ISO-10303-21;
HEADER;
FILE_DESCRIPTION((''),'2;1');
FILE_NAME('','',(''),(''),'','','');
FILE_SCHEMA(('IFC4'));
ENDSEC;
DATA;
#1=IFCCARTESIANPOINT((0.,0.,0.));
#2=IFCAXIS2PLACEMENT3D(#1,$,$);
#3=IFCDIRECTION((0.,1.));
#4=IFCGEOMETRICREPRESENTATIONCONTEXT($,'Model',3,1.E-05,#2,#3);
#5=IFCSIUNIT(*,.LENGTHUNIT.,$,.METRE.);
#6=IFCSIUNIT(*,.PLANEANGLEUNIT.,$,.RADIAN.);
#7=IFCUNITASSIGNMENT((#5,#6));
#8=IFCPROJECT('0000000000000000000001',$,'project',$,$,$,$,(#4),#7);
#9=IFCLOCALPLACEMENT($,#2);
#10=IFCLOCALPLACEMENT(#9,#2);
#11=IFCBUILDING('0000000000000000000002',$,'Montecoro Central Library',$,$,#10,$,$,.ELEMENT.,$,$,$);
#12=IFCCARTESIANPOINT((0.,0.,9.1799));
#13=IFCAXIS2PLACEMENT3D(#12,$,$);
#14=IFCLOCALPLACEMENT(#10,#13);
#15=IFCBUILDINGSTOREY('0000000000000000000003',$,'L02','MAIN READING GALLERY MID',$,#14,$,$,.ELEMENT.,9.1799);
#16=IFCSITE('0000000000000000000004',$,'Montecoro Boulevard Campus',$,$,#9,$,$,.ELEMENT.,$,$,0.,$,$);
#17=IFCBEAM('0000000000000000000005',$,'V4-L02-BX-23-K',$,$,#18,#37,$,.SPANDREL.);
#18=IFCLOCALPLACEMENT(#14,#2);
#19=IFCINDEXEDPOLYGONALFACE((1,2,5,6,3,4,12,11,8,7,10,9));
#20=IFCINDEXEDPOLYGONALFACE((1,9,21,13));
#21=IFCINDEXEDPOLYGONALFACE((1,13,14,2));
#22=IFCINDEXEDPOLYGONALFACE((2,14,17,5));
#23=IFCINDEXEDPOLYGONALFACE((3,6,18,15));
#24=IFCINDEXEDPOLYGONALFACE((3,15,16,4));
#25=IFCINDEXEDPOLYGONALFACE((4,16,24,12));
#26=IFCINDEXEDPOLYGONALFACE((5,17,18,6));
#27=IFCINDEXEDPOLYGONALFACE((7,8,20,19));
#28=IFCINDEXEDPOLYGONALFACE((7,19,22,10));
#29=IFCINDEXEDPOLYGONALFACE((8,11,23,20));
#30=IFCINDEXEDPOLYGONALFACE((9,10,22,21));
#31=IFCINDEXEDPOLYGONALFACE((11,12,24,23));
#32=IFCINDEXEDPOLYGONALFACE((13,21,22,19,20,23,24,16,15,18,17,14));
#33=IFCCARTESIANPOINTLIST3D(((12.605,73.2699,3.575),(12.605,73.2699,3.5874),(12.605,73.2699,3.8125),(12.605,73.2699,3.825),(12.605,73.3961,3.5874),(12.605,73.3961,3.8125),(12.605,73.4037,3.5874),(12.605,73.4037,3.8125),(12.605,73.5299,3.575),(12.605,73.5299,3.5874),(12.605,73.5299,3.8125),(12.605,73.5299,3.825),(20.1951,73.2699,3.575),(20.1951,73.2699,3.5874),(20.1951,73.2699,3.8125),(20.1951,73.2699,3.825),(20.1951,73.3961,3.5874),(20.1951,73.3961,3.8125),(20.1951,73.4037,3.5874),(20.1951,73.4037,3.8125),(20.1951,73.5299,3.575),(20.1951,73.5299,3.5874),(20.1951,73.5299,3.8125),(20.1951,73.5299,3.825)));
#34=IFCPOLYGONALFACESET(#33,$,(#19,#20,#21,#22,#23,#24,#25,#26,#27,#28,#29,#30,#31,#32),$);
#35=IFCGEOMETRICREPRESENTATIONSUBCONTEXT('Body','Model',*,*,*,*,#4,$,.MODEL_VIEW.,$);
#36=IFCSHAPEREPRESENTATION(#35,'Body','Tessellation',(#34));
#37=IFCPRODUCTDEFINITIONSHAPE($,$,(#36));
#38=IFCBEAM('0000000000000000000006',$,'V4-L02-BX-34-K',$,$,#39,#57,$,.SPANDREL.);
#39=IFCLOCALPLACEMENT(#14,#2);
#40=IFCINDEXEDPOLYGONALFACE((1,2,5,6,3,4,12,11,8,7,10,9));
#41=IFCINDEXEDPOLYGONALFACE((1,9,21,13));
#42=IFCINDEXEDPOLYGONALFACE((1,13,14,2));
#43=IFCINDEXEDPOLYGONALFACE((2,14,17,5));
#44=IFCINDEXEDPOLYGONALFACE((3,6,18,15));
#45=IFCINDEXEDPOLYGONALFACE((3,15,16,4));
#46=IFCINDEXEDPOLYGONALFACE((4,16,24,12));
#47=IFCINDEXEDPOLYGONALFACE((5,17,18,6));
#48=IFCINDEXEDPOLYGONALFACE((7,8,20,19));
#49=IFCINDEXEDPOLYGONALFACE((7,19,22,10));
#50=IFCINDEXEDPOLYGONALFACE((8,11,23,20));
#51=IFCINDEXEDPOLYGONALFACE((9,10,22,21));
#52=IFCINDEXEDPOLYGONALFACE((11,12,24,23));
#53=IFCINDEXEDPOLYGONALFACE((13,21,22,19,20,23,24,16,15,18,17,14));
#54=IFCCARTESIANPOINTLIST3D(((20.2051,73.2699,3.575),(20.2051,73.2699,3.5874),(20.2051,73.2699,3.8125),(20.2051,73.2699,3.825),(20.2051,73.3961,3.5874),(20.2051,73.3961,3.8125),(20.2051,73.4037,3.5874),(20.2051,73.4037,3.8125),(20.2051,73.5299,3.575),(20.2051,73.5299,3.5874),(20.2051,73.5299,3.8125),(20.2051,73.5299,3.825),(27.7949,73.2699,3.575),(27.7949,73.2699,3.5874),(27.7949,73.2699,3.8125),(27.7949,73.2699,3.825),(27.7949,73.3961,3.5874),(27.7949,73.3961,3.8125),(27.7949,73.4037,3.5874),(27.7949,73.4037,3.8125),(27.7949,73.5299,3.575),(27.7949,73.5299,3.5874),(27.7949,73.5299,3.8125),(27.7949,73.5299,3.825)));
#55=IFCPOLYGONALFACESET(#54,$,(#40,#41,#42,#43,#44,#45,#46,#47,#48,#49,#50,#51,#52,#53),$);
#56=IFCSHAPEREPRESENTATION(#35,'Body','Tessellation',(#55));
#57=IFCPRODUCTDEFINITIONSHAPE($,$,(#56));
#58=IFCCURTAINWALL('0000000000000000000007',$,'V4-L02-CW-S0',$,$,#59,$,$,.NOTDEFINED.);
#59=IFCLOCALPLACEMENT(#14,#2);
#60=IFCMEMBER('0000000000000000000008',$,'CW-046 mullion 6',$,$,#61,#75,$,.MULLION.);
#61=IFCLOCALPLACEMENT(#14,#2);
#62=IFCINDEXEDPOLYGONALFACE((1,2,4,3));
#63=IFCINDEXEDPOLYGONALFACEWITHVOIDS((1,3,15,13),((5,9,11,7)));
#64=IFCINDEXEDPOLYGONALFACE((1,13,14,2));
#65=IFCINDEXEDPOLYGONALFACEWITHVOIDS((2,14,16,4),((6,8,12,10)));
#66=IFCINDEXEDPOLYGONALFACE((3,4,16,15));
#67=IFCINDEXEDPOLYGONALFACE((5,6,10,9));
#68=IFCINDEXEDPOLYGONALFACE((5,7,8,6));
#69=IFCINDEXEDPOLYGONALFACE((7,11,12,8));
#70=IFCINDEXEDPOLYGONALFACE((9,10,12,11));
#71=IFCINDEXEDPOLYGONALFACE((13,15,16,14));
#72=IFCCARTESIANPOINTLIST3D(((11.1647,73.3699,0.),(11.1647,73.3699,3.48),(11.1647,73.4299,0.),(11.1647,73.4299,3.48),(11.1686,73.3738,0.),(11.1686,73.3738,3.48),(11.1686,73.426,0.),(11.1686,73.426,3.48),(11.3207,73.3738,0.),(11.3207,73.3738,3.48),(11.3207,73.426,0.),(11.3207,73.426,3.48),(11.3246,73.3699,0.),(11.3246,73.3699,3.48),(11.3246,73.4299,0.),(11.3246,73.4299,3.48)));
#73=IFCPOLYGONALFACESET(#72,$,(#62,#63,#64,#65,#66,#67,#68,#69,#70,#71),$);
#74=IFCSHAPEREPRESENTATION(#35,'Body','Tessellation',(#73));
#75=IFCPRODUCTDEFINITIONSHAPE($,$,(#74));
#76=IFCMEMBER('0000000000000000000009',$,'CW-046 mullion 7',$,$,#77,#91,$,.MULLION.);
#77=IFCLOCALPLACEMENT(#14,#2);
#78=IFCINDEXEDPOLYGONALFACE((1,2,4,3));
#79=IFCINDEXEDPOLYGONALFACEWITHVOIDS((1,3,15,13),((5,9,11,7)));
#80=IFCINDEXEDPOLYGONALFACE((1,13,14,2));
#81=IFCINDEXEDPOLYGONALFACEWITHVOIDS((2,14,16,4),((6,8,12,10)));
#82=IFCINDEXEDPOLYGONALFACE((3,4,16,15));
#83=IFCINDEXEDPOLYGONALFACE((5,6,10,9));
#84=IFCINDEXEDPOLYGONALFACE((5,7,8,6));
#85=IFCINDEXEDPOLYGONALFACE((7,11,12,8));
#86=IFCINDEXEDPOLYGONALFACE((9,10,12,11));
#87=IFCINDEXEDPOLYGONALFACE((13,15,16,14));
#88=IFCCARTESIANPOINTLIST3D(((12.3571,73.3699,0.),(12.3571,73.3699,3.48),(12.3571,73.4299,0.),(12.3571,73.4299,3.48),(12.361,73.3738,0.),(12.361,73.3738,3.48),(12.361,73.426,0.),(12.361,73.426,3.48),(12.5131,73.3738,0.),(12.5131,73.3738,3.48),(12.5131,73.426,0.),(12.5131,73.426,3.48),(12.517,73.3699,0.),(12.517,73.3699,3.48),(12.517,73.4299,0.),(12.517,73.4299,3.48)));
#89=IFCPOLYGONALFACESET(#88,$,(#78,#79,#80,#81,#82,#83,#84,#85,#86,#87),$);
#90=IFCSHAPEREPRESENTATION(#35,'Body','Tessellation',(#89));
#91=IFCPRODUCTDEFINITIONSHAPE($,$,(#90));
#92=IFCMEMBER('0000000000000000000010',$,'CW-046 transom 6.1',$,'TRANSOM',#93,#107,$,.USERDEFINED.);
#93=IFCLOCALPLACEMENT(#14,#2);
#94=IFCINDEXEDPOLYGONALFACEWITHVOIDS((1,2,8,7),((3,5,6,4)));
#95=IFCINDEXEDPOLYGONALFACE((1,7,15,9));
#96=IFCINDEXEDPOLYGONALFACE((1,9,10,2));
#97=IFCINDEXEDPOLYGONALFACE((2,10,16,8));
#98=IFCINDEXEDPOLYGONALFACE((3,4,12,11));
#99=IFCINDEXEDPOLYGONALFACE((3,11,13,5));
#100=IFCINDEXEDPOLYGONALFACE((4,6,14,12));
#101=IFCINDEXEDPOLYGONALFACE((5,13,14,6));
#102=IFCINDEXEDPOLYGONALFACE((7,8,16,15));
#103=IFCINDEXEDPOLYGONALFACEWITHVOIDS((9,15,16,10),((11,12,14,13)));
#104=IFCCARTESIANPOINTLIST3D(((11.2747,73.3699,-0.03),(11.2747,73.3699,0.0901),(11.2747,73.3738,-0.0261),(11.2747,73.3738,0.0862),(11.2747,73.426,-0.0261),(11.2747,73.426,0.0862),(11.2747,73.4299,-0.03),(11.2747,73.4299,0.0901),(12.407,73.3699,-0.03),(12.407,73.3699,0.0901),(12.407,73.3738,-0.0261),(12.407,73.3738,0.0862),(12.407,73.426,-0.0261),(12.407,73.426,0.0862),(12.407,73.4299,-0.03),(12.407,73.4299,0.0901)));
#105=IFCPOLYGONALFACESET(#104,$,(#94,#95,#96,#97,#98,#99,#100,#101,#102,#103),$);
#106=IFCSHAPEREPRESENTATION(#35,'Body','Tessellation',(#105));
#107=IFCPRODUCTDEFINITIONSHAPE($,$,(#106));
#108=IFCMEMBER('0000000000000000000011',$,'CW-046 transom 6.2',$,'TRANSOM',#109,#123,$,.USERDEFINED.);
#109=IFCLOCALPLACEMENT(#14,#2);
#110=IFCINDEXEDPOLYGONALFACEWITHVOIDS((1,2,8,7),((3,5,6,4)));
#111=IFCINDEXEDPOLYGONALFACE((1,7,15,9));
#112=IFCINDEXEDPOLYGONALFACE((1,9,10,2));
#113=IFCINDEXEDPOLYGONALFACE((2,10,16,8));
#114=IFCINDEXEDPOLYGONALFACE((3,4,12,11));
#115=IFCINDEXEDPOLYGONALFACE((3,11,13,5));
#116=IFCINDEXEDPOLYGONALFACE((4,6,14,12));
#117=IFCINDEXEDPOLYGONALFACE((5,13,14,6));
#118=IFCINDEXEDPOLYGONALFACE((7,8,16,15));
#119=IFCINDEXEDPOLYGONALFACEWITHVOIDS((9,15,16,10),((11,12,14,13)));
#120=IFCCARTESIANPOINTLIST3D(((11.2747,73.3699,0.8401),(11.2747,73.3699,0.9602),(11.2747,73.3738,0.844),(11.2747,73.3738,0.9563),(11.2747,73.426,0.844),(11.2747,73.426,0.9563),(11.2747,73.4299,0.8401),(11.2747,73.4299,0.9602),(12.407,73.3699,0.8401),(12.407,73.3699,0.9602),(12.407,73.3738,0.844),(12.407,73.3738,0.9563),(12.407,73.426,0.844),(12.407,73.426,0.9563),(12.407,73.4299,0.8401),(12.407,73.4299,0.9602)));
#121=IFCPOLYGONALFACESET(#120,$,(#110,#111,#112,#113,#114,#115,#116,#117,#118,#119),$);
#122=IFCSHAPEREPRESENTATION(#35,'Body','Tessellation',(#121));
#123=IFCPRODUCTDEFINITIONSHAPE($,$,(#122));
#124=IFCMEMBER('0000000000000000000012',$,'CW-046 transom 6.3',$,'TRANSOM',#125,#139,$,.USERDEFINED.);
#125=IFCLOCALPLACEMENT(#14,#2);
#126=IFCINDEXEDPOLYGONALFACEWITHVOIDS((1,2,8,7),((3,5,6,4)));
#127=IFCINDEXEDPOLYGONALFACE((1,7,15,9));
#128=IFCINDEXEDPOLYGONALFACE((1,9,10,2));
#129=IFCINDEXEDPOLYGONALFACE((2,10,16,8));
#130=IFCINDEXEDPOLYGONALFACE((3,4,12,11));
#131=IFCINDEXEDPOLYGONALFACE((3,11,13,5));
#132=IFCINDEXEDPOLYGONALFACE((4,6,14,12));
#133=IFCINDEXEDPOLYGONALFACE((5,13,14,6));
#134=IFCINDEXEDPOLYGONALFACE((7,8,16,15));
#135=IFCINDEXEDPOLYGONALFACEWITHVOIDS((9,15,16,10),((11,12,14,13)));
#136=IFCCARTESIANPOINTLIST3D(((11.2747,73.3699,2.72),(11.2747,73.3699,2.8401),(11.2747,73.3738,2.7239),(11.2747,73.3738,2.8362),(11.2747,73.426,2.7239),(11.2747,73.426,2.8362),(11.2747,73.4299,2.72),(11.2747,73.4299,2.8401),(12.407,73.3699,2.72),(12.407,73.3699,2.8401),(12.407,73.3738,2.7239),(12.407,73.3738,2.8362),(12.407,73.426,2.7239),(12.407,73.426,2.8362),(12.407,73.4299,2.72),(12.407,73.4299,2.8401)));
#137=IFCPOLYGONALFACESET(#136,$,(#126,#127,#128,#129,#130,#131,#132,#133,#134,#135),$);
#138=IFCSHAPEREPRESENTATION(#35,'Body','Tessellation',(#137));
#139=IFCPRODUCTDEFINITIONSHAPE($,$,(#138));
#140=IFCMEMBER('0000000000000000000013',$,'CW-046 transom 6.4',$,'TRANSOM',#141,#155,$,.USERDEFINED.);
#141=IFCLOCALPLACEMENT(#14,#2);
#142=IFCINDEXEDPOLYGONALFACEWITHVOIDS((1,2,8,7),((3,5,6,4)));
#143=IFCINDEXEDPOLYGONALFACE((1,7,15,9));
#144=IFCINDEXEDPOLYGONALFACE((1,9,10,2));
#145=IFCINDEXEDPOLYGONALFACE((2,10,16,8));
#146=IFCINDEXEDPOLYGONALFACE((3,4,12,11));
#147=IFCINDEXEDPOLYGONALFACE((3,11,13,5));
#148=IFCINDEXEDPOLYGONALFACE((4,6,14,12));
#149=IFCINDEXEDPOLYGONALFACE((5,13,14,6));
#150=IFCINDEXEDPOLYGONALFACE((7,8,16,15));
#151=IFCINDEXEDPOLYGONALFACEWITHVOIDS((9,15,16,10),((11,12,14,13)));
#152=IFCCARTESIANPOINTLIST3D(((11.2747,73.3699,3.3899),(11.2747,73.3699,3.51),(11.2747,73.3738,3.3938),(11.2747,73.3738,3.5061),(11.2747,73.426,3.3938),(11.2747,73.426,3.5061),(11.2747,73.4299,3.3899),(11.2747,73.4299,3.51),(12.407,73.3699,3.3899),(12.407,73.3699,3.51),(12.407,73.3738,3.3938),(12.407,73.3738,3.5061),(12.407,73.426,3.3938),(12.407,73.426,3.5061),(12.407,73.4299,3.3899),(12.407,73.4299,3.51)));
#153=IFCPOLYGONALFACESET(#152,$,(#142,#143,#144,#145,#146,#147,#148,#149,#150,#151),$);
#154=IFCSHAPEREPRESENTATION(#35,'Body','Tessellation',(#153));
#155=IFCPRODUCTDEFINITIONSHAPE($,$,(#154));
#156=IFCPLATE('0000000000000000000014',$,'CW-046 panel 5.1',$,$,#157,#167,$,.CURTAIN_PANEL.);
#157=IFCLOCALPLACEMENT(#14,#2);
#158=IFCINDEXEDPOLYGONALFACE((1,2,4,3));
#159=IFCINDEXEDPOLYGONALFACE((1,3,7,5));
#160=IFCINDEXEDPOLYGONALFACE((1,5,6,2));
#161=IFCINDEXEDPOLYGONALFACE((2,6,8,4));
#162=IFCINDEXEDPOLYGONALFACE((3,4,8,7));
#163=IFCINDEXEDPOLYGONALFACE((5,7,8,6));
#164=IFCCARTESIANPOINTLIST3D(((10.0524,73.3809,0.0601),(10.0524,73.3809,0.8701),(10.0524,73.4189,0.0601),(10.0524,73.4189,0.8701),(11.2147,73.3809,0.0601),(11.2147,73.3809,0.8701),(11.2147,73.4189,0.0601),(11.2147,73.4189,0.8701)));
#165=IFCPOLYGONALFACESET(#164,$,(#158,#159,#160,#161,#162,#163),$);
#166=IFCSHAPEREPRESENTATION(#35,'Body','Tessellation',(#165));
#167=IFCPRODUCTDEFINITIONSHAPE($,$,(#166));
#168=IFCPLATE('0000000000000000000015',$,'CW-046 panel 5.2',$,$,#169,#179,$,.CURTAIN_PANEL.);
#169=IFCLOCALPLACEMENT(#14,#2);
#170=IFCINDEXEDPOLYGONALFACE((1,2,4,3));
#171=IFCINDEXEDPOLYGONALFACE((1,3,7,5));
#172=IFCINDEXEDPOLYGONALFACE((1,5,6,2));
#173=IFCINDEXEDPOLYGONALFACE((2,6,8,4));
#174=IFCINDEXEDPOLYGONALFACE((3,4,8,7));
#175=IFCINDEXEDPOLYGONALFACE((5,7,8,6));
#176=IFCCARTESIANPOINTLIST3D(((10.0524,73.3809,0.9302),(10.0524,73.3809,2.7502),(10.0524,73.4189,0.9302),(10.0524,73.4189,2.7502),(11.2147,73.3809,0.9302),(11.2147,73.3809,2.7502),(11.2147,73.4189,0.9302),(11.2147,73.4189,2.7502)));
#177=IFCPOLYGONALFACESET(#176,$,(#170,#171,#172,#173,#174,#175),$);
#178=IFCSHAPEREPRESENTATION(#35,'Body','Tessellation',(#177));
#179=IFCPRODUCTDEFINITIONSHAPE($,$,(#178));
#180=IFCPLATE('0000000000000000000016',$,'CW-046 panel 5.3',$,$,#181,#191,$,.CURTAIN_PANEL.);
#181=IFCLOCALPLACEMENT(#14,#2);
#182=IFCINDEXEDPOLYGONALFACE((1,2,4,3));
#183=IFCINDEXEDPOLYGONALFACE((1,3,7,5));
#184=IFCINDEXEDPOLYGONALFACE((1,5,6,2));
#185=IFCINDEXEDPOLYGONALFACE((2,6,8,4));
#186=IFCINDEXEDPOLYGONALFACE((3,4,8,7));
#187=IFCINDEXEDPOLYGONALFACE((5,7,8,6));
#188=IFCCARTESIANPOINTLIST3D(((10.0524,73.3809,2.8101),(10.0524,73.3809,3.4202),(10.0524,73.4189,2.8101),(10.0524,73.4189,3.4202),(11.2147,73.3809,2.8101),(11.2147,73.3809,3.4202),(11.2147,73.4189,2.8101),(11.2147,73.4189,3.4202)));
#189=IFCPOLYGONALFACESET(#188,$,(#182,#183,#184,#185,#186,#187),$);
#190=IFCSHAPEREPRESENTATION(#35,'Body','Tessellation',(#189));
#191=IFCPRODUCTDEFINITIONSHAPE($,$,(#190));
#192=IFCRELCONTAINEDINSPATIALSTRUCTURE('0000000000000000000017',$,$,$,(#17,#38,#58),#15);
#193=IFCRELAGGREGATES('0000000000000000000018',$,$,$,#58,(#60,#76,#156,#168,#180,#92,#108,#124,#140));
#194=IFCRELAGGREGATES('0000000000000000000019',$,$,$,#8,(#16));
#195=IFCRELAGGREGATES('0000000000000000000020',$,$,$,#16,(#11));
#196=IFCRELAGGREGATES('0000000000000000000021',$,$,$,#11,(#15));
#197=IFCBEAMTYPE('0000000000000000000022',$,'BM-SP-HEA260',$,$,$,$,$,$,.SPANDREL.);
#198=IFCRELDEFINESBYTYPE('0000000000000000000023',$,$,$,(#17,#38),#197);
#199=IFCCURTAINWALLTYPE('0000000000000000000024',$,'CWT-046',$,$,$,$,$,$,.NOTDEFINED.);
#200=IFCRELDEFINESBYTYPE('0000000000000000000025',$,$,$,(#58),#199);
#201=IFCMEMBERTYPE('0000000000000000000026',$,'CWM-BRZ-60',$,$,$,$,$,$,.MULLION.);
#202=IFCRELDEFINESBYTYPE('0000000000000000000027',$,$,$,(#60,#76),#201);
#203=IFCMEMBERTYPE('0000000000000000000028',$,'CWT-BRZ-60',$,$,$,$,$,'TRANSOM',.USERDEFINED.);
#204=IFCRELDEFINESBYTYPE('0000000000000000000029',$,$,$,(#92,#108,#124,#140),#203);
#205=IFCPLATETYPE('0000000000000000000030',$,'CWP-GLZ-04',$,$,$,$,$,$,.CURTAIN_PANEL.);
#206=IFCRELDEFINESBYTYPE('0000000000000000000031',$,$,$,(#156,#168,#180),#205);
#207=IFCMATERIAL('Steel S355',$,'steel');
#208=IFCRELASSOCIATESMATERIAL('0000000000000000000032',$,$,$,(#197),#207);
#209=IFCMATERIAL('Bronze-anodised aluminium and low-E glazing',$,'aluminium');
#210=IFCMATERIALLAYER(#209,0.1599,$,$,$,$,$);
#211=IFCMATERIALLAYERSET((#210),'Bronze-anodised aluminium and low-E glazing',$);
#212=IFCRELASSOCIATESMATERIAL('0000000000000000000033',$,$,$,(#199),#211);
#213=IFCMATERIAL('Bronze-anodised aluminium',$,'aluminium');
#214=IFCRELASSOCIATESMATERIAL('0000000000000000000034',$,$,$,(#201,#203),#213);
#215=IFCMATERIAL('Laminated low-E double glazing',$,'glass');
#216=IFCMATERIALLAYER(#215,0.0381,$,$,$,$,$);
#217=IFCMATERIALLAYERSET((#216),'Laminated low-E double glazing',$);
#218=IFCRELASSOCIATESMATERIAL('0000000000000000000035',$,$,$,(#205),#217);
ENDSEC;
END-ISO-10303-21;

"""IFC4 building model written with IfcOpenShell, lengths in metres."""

from ifc_helpers import new_model, si_unit, direction, frame, origin, origin_2d, place, context, subcontext, project, spatial, rectangle, hollow_rectangle, i_section, extrude, material, layer, layer_set, material_profile, profile_set, type_object, element, aggregate, save


model = new_model("IFC4")

# Units and contexts
model_context = context("Model", 3, precision=1e-05, world=origin(), true_north=direction((0.0, 1.0)))
body_context = subcontext(model_context, "Body", "Model", "MODEL_VIEW")
ifc_project = project(units=[si_unit("LENGTHUNIT", "METRE"), si_unit("PLANEANGLEUNIT", "RADIAN")], contexts=[model_context])

# Site, building, storey
site_placement = place(None, origin())
site = spatial("IfcSite", under=ifc_project, at=site_placement, Name="Montecoro Boulevard Campus", CompositionType="ELEMENT", RefElevation=0.0)
building_placement = place(site_placement, origin())
building = spatial("IfcBuilding", under=site, at=building_placement, Name="Montecoro Central Library", CompositionType="ELEMENT")
storey_placement = place(building_placement, frame((0.0, 0.0, 9.1799)))
storey = spatial("IfcBuildingStorey", under=building, at=storey_placement, Name="L02", Description="MAIN READING GALLERY MID", CompositionType="ELEMENT", Elevation=9.1799)

# Shared definitions
ifc_material_1 = material(Name="Steel S355", Category="steel")

# Beams
ifc_material_profile_1 = material_profile(ifc_material_1, i_section(OverallWidth=0.26, OverallDepth=0.25, WebThickness=0.0076, FlangeThickness=0.0125, at=origin_2d()), Name="HEA 260")
ifc_profile_set_1 = profile_set([ifc_material_profile_1], Name="Steel S355")
beam_type_1 = type_object("IfcBeamType", Name="BM-SP-HEA260", PredefinedType="SPANDREL", material=ifc_profile_set_1)
beam_1_placement = place(storey_placement, frame((12.605, 73.3999, 3.7), z_axis=(1.0, 0.0, 0.0), x_axis=(0.0, 1.0, 0.0)))
element("IfcBeam", 1, at=beam_1_placement, inside=storey, type_object=beam_type_1, Name="V4-L02-BX-23-K", PredefinedType="SPANDREL", context=body_context, shape_type="SweptSolid", body=[
    extrude(i_section(OverallWidth=0.26, OverallDepth=0.25, WebThickness=0.0076, FlangeThickness=0.0125, at=origin_2d()), origin(), (0.0, 0.0, 1.0), 7.5901),
])
beam_2_placement = place(storey_placement, frame((20.2051, 73.3999, 3.7), z_axis=(1.0, 0.0, 0.0), x_axis=(0.0, 1.0, 0.0)))
element("IfcBeam", 2, at=beam_2_placement, inside=storey, type_object=beam_type_1, Name="V4-L02-BX-34-K", PredefinedType="SPANDREL", context=body_context, shape_type="SweptSolid", body=[
    extrude(i_section(OverallWidth=0.26, OverallDepth=0.25, WebThickness=0.0076, FlangeThickness=0.0125, at=origin_2d()), origin(), (0.0, 0.0, 1.0), 7.5898),
])

# Curtain wall, members, plates
ifc_material_2 = material(Name="Bronze-anodised aluminium and low-E glazing", Category="aluminium")
ifc_layer_1 = layer(ifc_material_2, 0.1599)
ifc_layer_set_1 = layer_set([ifc_layer_1], Name="Bronze-anodised aluminium and low-E glazing")
curtain_wall_type = type_object("IfcCurtainWallType", Name="CWT-046", PredefinedType="NOTDEFINED", material=ifc_layer_set_1)
curtain_wall_placement = place(storey_placement, origin())
curtain_wall = element("IfcCurtainWall", 3, at=curtain_wall_placement, inside=storey, type_object=curtain_wall_type, Name="V4-L02-CW-S0", PredefinedType="NOTDEFINED")
ifc_material_3 = material(Name="Bronze-anodised aluminium", Category="aluminium")
ifc_material_profile_2 = material_profile(ifc_material_3, hollow_rectangle(XDim=0.0601, YDim=0.1599, WallThickness=0.0039, at=origin_2d()), Name="CWM 160x60x4.0")
ifc_profile_set_2 = profile_set([ifc_material_profile_2], Name="Bronze-anodised aluminium")
member_type_1 = type_object("IfcMemberType", Name="CWM-BRZ-60", PredefinedType="MULLION", material=ifc_profile_set_2)
member_1_placement = place(storey_placement, frame((11.2446, 73.3999, 0.0), z_axis=(0.0, 0.0, 1.0), x_axis=(0.0, 1.0, 0.0)))
member_1 = element("IfcMember", 4, at=member_1_placement, type_object=member_type_1, Name="CW-046 mullion 6", PredefinedType="MULLION", context=body_context, shape_type="SweptSolid", body=[
    extrude(hollow_rectangle(XDim=0.0601, YDim=0.1599, WallThickness=0.0039, at=origin_2d()), origin(), (0.0, 0.0, 1.0), 3.48),
])
member_2_placement = place(storey_placement, frame((12.437, 73.3999, 0.0), z_axis=(0.0, 0.0, 1.0), x_axis=(0.0, 1.0, 0.0)))
member_2 = element("IfcMember", 5, at=member_2_placement, type_object=member_type_1, Name="CW-046 mullion 7", PredefinedType="MULLION", context=body_context, shape_type="SweptSolid", body=[
    extrude(hollow_rectangle(XDim=0.0601, YDim=0.1599, WallThickness=0.0039, at=origin_2d()), origin(), (0.0, 0.0, 1.0), 3.48),
])
ifc_material_profile_3 = material_profile(ifc_material_3, hollow_rectangle(XDim=0.0601, YDim=0.1201, WallThickness=0.0039, at=origin_2d()), Name="CWT 120x60x4.0")
ifc_profile_set_3 = profile_set([ifc_material_profile_3], Name="Bronze-anodised aluminium")
member_type_2 = type_object("IfcMemberType", Name="CWT-BRZ-60", ElementType="TRANSOM", PredefinedType="USERDEFINED", material=ifc_profile_set_3)
member_3_placement = place(storey_placement, frame((11.2747, 73.3999, 0.03), z_axis=(1.0, 0.0, 0.0), x_axis=(0.0, 1.0, 0.0)))
member_3 = element("IfcMember", 6, at=member_3_placement, type_object=member_type_2, Name="CW-046 transom 6.1", ObjectType="TRANSOM", PredefinedType="USERDEFINED", context=body_context, shape_type="SweptSolid", body=[
    extrude(hollow_rectangle(XDim=0.0601, YDim=0.1201, WallThickness=0.0039, at=origin_2d()), origin(), (0.0, 0.0, 1.0), 1.1323),
])
member_4_placement = place(storey_placement, frame((11.2747, 73.3999, 0.9001), z_axis=(1.0, 0.0, 0.0), x_axis=(0.0, 1.0, 0.0)))
member_4 = element("IfcMember", 7, at=member_4_placement, type_object=member_type_2, Name="CW-046 transom 6.2", ObjectType="TRANSOM", PredefinedType="USERDEFINED", context=body_context, shape_type="SweptSolid", body=[
    extrude(hollow_rectangle(XDim=0.0601, YDim=0.1201, WallThickness=0.0039, at=origin_2d()), origin(), (0.0, 0.0, 1.0), 1.1323),
])
member_5_placement = place(storey_placement, frame((11.2747, 73.3999, 2.78), z_axis=(1.0, 0.0, 0.0), x_axis=(0.0, 1.0, 0.0)))
member_5 = element("IfcMember", 8, at=member_5_placement, type_object=member_type_2, Name="CW-046 transom 6.3", ObjectType="TRANSOM", PredefinedType="USERDEFINED", context=body_context, shape_type="SweptSolid", body=[
    extrude(hollow_rectangle(XDim=0.0601, YDim=0.1201, WallThickness=0.0039, at=origin_2d()), origin(), (0.0, 0.0, 1.0), 1.1323),
])
member_6_placement = place(storey_placement, frame((11.2747, 73.3999, 3.45), z_axis=(1.0, 0.0, 0.0), x_axis=(0.0, 1.0, 0.0)))
member_6 = element("IfcMember", 9, at=member_6_placement, type_object=member_type_2, Name="CW-046 transom 6.4", ObjectType="TRANSOM", PredefinedType="USERDEFINED", context=body_context, shape_type="SweptSolid", body=[
    extrude(hollow_rectangle(XDim=0.0601, YDim=0.1201, WallThickness=0.0039, at=origin_2d()), origin(), (0.0, 0.0, 1.0), 1.1323),
])
ifc_material_4 = material(Name="Laminated low-E double glazing", Category="glass")
ifc_layer_2 = layer(ifc_material_4, 0.0381)
ifc_layer_set_2 = layer_set([ifc_layer_2], Name="Laminated low-E double glazing")
plate_type_1 = type_object("IfcPlateType", Name="CWP-GLZ-04", PredefinedType="CURTAIN_PANEL", material=ifc_layer_set_2)
plate_1_placement = place(storey_placement, frame((10.6335, 73.3999, 0.0601), z_axis=(0.0, 0.0, 1.0), x_axis=(1.0, 0.0, 0.0)))
plate_1 = element("IfcPlate", 10, at=plate_1_placement, type_object=plate_type_1, Name="CW-046 panel 5.1", PredefinedType="CURTAIN_PANEL", context=body_context, shape_type="SweptSolid", body=[
    extrude(rectangle(XDim=1.1624, YDim=0.0381, at=origin_2d()), origin(), (0.0, 0.0, 1.0), 0.8101),
])
plate_2_placement = place(storey_placement, frame((10.6335, 73.3999, 0.9302), z_axis=(0.0, 0.0, 1.0), x_axis=(1.0, 0.0, 0.0)))
plate_2 = element("IfcPlate", 11, at=plate_2_placement, type_object=plate_type_1, Name="CW-046 panel 5.2", PredefinedType="CURTAIN_PANEL", context=body_context, shape_type="SweptSolid", body=[
    extrude(rectangle(XDim=1.1624, YDim=0.0381, at=origin_2d()), origin(), (0.0, 0.0, 1.0), 1.8201),
])
plate_3_placement = place(storey_placement, frame((10.6335, 73.3999, 2.8101), z_axis=(0.0, 0.0, 1.0), x_axis=(1.0, 0.0, 0.0)))
plate_3 = element("IfcPlate", 12, at=plate_3_placement, type_object=plate_type_1, Name="CW-046 panel 5.3", PredefinedType="CURTAIN_PANEL", context=body_context, shape_type="SweptSolid", body=[
    extrude(rectangle(XDim=1.1624, YDim=0.0381, at=origin_2d()), origin(), (0.0, 0.0, 1.0), 0.6101),
])
aggregate(curtain_wall, [member_1, member_2, plate_1, plate_2, plate_3, member_3, member_4, member_5, member_6])

save(model, "model.ifc")
